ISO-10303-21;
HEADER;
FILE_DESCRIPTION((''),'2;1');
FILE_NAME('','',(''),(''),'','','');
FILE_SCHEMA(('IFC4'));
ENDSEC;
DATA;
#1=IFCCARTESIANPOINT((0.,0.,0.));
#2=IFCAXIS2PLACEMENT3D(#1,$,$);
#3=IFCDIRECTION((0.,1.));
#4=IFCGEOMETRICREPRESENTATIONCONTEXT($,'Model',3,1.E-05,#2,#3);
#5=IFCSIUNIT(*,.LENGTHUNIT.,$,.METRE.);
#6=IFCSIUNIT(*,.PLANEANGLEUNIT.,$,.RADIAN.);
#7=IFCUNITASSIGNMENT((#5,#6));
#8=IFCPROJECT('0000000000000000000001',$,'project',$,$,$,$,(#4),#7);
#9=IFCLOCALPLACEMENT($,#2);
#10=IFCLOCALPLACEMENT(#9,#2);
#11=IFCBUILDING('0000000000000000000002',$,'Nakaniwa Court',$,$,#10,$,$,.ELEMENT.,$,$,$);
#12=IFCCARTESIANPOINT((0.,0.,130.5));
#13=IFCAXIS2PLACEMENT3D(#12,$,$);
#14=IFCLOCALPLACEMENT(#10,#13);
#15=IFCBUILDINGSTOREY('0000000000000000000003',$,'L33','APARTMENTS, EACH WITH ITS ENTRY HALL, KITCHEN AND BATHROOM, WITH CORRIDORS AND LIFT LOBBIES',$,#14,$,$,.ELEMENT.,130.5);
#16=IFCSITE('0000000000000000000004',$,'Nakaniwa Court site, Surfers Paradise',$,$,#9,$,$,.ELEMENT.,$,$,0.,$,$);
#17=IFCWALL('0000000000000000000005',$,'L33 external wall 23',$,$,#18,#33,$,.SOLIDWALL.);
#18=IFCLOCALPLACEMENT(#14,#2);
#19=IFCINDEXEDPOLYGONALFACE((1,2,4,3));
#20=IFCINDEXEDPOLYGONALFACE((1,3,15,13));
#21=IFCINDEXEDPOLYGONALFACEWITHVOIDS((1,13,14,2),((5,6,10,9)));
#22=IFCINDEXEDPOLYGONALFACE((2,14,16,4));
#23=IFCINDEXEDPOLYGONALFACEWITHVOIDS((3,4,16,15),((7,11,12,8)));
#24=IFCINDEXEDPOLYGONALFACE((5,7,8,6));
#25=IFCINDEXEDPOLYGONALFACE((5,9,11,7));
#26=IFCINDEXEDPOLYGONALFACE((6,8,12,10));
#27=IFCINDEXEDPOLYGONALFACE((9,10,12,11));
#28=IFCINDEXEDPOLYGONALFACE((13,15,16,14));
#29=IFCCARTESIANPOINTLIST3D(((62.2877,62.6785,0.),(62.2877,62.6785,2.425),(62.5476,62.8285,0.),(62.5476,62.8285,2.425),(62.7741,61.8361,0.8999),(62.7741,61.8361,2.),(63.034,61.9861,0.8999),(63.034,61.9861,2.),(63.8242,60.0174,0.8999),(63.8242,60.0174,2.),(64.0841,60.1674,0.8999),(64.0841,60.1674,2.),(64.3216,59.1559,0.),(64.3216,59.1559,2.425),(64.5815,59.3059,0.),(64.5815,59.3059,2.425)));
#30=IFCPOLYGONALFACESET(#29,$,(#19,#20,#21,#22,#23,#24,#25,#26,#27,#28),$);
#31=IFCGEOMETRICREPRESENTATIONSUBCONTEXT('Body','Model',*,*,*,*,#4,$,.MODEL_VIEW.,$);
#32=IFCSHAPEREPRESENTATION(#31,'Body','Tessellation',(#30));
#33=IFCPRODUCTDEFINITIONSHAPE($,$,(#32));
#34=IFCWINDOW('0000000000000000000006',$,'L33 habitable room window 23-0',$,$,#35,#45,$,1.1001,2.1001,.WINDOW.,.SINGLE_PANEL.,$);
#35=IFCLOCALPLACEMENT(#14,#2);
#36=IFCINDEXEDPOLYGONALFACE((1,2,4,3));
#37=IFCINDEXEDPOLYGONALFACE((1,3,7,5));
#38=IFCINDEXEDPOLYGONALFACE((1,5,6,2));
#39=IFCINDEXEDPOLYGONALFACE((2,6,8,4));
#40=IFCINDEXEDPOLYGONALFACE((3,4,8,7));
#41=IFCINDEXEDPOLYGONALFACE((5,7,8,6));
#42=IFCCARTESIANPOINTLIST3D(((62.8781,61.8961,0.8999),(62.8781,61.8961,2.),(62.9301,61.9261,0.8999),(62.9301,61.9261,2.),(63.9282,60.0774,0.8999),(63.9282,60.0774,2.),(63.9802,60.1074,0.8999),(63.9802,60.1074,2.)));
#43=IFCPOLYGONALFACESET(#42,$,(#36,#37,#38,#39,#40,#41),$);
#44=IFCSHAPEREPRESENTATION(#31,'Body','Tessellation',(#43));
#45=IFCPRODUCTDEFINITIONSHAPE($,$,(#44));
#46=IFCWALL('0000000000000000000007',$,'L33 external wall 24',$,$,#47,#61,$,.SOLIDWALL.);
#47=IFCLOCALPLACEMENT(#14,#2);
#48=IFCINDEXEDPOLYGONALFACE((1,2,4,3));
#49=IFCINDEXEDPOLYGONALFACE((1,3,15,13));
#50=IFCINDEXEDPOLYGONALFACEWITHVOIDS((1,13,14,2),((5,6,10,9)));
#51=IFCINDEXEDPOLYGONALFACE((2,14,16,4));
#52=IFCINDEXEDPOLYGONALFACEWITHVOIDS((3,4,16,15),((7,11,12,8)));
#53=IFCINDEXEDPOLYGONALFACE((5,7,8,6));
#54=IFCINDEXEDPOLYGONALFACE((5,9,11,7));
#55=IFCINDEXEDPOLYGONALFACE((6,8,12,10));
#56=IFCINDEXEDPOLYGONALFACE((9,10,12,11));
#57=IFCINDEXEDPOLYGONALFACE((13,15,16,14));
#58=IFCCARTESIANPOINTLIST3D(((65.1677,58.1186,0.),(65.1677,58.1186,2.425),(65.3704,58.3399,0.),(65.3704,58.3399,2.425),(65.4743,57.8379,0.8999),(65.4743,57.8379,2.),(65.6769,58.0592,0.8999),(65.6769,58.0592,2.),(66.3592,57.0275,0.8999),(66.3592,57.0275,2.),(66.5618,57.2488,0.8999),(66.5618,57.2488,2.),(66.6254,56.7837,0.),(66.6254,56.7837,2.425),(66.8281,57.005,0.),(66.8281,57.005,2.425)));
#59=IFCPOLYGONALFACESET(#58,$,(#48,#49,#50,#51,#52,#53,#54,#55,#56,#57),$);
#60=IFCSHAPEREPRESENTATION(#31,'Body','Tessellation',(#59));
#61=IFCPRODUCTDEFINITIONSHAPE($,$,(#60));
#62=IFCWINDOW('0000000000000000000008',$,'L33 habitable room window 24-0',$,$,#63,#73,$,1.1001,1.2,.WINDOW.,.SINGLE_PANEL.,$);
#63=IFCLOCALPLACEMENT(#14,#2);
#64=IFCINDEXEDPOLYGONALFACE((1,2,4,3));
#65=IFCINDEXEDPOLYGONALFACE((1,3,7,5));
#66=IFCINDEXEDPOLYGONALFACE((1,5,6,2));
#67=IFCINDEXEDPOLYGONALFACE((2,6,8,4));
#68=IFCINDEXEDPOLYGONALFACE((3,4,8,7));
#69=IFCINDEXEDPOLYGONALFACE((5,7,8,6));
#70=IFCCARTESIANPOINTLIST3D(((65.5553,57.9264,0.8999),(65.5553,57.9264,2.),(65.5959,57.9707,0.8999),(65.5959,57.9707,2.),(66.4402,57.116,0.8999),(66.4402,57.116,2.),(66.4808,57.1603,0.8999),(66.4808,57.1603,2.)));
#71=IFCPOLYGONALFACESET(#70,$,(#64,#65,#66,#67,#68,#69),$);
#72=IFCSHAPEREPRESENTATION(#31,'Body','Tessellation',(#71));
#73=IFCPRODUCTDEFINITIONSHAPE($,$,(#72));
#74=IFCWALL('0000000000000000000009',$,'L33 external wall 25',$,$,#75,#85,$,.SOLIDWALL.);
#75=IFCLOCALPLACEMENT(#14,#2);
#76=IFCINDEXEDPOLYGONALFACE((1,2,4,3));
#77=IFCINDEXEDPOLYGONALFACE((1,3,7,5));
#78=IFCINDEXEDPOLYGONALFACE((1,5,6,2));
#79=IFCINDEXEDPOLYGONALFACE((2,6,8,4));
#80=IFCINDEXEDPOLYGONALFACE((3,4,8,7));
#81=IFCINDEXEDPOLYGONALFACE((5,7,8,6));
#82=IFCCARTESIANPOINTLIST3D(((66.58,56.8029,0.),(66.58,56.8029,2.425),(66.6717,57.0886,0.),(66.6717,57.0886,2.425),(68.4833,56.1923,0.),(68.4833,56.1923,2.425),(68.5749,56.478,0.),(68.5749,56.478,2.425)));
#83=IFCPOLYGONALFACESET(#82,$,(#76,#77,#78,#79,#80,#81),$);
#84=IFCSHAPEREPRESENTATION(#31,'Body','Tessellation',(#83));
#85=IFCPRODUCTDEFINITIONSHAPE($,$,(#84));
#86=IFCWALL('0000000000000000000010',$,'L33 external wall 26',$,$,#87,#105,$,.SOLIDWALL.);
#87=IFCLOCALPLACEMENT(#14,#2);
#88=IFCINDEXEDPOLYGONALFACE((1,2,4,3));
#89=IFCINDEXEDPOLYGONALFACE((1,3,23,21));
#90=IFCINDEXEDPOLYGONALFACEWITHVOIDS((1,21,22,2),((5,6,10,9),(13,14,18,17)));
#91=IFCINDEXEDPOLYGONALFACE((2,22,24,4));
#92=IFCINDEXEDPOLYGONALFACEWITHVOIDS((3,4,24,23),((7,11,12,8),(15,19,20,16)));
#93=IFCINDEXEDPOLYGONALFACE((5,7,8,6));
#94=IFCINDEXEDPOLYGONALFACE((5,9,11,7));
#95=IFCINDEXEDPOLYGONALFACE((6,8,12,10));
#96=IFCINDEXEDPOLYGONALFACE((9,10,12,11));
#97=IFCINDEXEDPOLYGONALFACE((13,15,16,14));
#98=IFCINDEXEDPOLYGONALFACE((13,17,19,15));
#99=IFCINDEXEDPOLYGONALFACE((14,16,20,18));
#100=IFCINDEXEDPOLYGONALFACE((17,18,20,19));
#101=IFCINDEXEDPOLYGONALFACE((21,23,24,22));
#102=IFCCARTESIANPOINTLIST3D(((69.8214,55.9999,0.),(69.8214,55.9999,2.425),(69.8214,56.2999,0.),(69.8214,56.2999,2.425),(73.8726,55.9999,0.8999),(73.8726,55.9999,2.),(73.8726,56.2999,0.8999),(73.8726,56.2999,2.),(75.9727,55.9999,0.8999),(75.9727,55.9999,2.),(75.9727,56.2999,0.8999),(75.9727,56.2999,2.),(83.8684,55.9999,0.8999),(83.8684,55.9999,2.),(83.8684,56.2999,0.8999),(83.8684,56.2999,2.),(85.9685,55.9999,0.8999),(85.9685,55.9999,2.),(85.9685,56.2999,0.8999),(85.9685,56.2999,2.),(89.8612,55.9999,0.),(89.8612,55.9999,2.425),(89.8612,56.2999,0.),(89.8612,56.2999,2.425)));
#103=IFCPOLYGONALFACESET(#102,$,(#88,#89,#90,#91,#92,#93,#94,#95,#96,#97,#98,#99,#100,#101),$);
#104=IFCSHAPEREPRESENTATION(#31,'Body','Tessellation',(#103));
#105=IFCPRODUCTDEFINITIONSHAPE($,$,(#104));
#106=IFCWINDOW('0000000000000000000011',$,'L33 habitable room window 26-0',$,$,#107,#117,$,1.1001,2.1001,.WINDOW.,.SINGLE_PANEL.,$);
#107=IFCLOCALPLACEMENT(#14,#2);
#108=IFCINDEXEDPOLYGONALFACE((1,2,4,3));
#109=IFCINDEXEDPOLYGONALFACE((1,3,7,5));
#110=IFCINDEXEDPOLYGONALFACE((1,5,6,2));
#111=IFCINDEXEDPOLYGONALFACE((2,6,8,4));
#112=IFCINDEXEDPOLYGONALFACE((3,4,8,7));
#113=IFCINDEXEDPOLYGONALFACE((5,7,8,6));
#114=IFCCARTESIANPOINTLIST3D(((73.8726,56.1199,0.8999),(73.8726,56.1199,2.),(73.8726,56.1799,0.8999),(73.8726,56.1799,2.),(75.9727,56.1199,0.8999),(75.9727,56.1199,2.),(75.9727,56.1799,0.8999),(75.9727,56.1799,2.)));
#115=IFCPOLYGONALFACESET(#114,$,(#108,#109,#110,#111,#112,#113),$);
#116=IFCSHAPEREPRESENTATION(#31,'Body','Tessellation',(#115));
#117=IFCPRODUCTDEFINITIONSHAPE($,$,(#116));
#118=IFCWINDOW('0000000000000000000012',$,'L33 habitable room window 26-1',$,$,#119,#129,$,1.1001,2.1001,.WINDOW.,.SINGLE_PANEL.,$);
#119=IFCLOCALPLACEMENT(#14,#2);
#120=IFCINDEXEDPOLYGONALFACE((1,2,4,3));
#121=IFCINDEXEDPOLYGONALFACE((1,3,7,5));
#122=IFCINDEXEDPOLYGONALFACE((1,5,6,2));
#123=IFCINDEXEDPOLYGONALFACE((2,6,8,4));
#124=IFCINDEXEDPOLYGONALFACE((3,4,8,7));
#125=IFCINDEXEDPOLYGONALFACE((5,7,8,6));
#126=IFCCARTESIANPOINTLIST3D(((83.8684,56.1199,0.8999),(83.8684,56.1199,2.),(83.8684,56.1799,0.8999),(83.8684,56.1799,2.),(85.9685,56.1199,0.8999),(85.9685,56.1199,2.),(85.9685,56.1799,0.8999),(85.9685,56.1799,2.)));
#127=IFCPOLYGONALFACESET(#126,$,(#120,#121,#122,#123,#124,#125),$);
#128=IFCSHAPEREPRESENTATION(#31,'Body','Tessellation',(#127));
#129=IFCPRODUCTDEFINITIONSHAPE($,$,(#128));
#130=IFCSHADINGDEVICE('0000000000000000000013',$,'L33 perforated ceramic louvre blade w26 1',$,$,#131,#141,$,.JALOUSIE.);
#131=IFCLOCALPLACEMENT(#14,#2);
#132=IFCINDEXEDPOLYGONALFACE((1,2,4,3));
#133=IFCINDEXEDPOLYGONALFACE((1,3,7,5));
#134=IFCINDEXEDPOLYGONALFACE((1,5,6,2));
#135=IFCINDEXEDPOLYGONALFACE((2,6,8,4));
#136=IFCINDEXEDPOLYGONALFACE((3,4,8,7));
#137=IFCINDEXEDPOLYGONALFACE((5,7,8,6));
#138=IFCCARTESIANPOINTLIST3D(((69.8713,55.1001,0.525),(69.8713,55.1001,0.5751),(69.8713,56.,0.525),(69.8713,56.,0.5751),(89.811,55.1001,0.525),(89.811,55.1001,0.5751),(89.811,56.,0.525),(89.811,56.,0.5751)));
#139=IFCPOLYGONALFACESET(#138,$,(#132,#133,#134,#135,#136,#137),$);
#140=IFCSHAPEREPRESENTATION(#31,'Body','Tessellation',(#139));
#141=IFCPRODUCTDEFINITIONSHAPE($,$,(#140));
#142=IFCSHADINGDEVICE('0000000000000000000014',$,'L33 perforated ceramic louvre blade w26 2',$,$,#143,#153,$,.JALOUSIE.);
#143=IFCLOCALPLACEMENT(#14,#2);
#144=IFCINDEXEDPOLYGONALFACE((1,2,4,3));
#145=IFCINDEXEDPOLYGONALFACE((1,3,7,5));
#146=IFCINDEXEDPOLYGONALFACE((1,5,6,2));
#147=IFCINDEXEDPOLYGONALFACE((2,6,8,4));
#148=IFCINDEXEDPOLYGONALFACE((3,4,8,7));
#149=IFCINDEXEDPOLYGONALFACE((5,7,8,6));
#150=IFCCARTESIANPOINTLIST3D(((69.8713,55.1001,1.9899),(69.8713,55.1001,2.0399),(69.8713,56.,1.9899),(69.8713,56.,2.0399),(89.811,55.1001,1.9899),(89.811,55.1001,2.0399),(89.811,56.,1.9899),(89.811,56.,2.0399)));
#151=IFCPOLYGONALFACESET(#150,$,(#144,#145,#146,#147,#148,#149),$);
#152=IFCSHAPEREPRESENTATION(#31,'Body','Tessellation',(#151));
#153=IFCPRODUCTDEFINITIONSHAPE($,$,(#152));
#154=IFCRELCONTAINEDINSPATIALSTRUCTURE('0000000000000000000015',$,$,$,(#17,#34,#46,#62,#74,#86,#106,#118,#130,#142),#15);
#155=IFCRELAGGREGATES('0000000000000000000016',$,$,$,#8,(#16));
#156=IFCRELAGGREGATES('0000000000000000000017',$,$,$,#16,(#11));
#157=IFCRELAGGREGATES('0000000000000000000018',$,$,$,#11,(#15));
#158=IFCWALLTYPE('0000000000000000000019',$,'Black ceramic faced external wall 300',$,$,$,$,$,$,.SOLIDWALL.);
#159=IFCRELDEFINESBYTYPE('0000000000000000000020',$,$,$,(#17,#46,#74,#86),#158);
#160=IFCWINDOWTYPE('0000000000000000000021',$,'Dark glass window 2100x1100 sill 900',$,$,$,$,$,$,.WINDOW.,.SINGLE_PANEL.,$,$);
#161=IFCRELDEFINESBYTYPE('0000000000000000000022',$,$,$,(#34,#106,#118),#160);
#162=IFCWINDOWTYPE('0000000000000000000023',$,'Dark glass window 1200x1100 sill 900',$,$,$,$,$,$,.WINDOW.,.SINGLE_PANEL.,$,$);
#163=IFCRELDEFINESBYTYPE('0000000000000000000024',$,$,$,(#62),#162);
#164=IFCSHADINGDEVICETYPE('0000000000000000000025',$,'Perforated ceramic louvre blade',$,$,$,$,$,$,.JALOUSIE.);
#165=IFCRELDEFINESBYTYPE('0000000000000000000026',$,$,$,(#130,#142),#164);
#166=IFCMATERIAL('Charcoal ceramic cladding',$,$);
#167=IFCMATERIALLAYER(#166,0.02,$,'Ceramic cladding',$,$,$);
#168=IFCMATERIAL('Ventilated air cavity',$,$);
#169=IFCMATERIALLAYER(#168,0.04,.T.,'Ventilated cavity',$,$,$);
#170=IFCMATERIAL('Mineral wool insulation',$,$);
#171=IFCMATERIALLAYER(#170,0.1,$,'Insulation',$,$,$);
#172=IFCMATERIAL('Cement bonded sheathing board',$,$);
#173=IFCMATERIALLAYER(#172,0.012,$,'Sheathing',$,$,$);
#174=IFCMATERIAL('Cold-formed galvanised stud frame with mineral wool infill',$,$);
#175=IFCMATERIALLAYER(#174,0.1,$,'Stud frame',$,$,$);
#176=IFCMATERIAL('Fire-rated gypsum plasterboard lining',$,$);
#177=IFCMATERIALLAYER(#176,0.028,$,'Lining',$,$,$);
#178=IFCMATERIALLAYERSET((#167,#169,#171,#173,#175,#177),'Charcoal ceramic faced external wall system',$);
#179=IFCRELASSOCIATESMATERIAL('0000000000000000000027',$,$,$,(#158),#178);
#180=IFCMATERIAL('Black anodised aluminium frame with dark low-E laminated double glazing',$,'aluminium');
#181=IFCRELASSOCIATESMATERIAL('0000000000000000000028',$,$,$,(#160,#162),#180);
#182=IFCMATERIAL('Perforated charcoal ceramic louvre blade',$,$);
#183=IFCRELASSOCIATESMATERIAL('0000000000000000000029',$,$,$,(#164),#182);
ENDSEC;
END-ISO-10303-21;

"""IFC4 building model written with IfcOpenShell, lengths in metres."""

from ifc_helpers import new_model, si_unit, direction, frame, frame_2d, origin, origin_2d, place, context, subcontext, project, spatial, rectangle, extrude, material, layer, layer_set, material_profile, profile_set, type_object, element, fill, save


model = new_model("IFC4")

# Units and contexts
model_context = context("Model", 3, precision=1e-05, world=origin(), true_north=direction((0.0, 1.0)))
body_context = subcontext(model_context, "Body", "Model", "MODEL_VIEW")
ifc_project = project(units=[si_unit("LENGTHUNIT", "METRE"), si_unit("PLANEANGLEUNIT", "RADIAN")], contexts=[model_context])

# Site, building, storey
site_placement = place(None, origin())
site = spatial("IfcSite", under=ifc_project, at=site_placement, Name="Nakaniwa Court site, Surfers Paradise", CompositionType="ELEMENT", RefElevation=0.0)
building_placement = place(site_placement, origin())
building = spatial("IfcBuilding", under=site, at=building_placement, Name="Nakaniwa Court", CompositionType="ELEMENT")
storey_placement = place(building_placement, frame((0.0, 0.0, 130.5)))
storey = spatial("IfcBuildingStorey", under=building, at=storey_placement, Name="L33", Description="APARTMENTS, EACH WITH ITS ENTRY HALL, KITCHEN AND BATHROOM, WITH CORRIDORS AND LIFT LOBBIES", CompositionType="ELEMENT", Elevation=130.5)

# Walls, openings, windows
ifc_material_1 = material(Name="Charcoal ceramic cladding")
ifc_layer_1 = layer(ifc_material_1, 0.02, Name="Ceramic cladding")
ifc_material_2 = material(Name="Ventilated air cavity")
ifc_layer_2 = layer(ifc_material_2, 0.04, ventilated=True, Name="Ventilated cavity")
ifc_material_3 = material(Name="Mineral wool insulation")
ifc_layer_3 = layer(ifc_material_3, 0.1, Name="Insulation")
ifc_material_4 = material(Name="Cement bonded sheathing board")
ifc_layer_4 = layer(ifc_material_4, 0.012, Name="Sheathing")
ifc_material_5 = material(Name="Cold-formed galvanised stud frame with mineral wool infill")
ifc_layer_5 = layer(ifc_material_5, 0.1, Name="Stud frame")
ifc_material_6 = material(Name="Fire-rated gypsum plasterboard lining")
ifc_layer_6 = layer(ifc_material_6, 0.028, Name="Lining")
ifc_layer_set_1 = layer_set([ifc_layer_1, ifc_layer_2, ifc_layer_3, ifc_layer_4, ifc_layer_5, ifc_layer_6], Name="Charcoal ceramic faced external wall system")
wall_type_1 = type_object("IfcWallType", Name="Black ceramic faced external wall 300", PredefinedType="SOLIDWALL", material=ifc_layer_set_1)
wall_1_placement = place(storey_placement, frame((62.4177, 62.7534, 0.0), z_axis=(0.0, 0.0, 1.0), x_axis=(0.500019, -0.866015, 0.0)))
wall_1 = element("IfcWall", 1, at=wall_1_placement, inside=storey, type_object=wall_type_1, Name="L33 external wall 23", PredefinedType="SOLIDWALL", context=body_context, shape_type="SweptSolid", body=[
    extrude(rectangle(XDim=4.0676, YDim=0.3, at=frame_2d((2.0337, 0.0))), origin(), (0.0, 0.0, 1.0), 2.425),
])
opening_1_placement = place(wall_1_placement, frame((0.9727, 0.0, 0.8999)))
opening_1 = element("IfcOpeningElement", 2, at=opening_1_placement, cuts=wall_1, PredefinedType="OPENING", context=body_context, shape_type="SweptSolid", body=[
    extrude(rectangle(XDim=2.1001, YDim=1.1001, at=frame_2d((1.05, 0.55))), frame((0.0, 0.1599, 0.0), z_axis=(0.0, -1.0, 0.0), x_axis=(1.0, 0.0, 0.0)), (0.0, 0.0, 1.0), 0.3201),
])
ifc_material_7 = material(Name="Black anodised aluminium frame with dark low-E laminated double glazing", Category="aluminium")
window_type_1 = type_object("IfcWindowType", Name="Dark glass window 2100x1100 sill 900", PartitioningType="SINGLE_PANEL", PredefinedType="WINDOW", material=ifc_material_7)
window_1_placement = place(opening_1_placement, origin())
window_1 = element("IfcWindow", 3, at=window_1_placement, inside=storey, type_object=window_type_1, Name="L33 habitable room window 23-0", OverallHeight=1.1001, OverallWidth=2.1001, PartitioningType="SINGLE_PANEL", PredefinedType="WINDOW", context=body_context, shape_type="SweptSolid", body=[
    extrude(rectangle(XDim=2.1001, YDim=1.1001, at=frame_2d((1.05, 0.55))), frame((0.0, 0.03, 0.0), z_axis=(0.0, -1.0, 0.0), x_axis=(1.0, 0.0, 0.0)), (0.0, 0.0, 1.0), 0.0601),
])
fill(opening_1, window_1)
wall_2_placement = place(storey_placement, frame((65.269, 58.2292, 0.0), z_axis=(0.0, 0.0, 1.0), x_axis=(0.737487, -0.675361, 0.0)))
wall_2 = element("IfcWall", 4, at=wall_2_placement, inside=storey, type_object=wall_type_1, Name="L33 external wall 24", PredefinedType="SOLIDWALL", context=body_context, shape_type="SweptSolid", body=[
    extrude(rectangle(XDim=1.9766, YDim=0.3, at=frame_2d((0.9883, 0.0))), origin(), (0.0, 0.0, 1.0), 2.425),
])
opening_2_placement = place(wall_2_placement, frame((0.4155, 0.0, 0.8999)))
opening_2 = element("IfcOpeningElement", 5, at=opening_2_placement, cuts=wall_2, PredefinedType="OPENING", context=body_context, shape_type="SweptSolid", body=[
    extrude(rectangle(XDim=1.2, YDim=1.1001, at=frame_2d((0.6001, 0.55))), frame((0.0, 0.1599, 0.0), z_axis=(0.0, -1.0, 0.0), x_axis=(1.0, 0.0, 0.0)), (0.0, 0.0, 1.0), 0.3201),
])
window_type_2 = type_object("IfcWindowType", Name="Dark glass window 1200x1100 sill 900", PartitioningType="SINGLE_PANEL", PredefinedType="WINDOW", material=ifc_material_7)
window_2_placement = place(opening_2_placement, origin())
window_2 = element("IfcWindow", 6, at=window_2_placement, inside=storey, type_object=window_type_2, Name="L33 habitable room window 24-0", OverallHeight=1.1001, OverallWidth=1.2, PartitioningType="SINGLE_PANEL", PredefinedType="WINDOW", context=body_context, shape_type="SweptSolid", body=[
    extrude(rectangle(XDim=1.2, YDim=1.1001, at=frame_2d((0.6001, 0.55))), frame((0.0, 0.03, 0.0), z_axis=(0.0, -1.0, 0.0), x_axis=(1.0, 0.0, 0.0)), (0.0, 0.0, 1.0), 0.0601),
])
fill(opening_2, window_2)

# Wall
wall_3_placement = place(storey_placement, frame((66.6257, 56.9458, 0.0), z_axis=(0.0, 0.0, 1.0), x_axis=(0.952201, -0.305471, 0.0)))
element("IfcWall", 7, at=wall_3_placement, inside=storey, type_object=wall_type_1, Name="L33 external wall 25", PredefinedType="SOLIDWALL", context=body_context, shape_type="SweptSolid", body=[
    extrude(rectangle(XDim=1.9988, YDim=0.3, at=frame_2d((0.9995, 0.0))), origin(), (0.0, 0.0, 1.0), 2.425),
])

# Wall, openings, windows
wall_4_placement = place(storey_placement, frame((69.8213, 56.1499, 0.0), z_axis=(0.0, 0.0, 1.0), x_axis=(1.0, 0.0, 0.0)))
wall_4 = element("IfcWall", 8, at=wall_4_placement, inside=storey, type_object=wall_type_1, Name="L33 external wall 26", PredefinedType="SOLIDWALL", context=body_context, shape_type="SweptSolid", body=[
    extrude(rectangle(XDim=20.0398, YDim=0.3, at=frame_2d((10.02, 0.0))), origin(), (0.0, 0.0, 1.0), 2.425),
])
opening_3_placement = place(wall_4_placement, frame((4.0513, 0.0, 0.8999)))
opening_3 = element("IfcOpeningElement", 9, at=opening_3_placement, cuts=wall_4, PredefinedType="OPENING", context=body_context, shape_type="SweptSolid", body=[
    extrude(rectangle(XDim=2.1001, YDim=1.1001, at=frame_2d((1.05, 0.55))), frame((0.0, 0.1599, 0.0), z_axis=(0.0, -1.0, 0.0), x_axis=(1.0, 0.0, 0.0)), (0.0, 0.0, 1.0), 0.3201),
])
opening_4_placement = place(wall_4_placement, frame((14.0471, 0.0, 0.8999)))
opening_4 = element("IfcOpeningElement", 10, at=opening_4_placement, cuts=wall_4, PredefinedType="OPENING", context=body_context, shape_type="SweptSolid", body=[
    extrude(rectangle(XDim=2.1001, YDim=1.1001, at=frame_2d((1.05, 0.55))), frame((0.0, 0.1599, 0.0), z_axis=(0.0, -1.0, 0.0), x_axis=(1.0, 0.0, 0.0)), (0.0, 0.0, 1.0), 0.3201),
])
window_3_placement = place(opening_3_placement, origin())
window_3 = element("IfcWindow", 11, at=window_3_placement, inside=storey, type_object=window_type_1, Name="L33 habitable room window 26-0", OverallHeight=1.1001, OverallWidth=2.1001, PartitioningType="SINGLE_PANEL", PredefinedType="WINDOW", context=body_context, shape_type="SweptSolid", body=[
    extrude(rectangle(XDim=2.1001, YDim=1.1001, at=frame_2d((1.05, 0.55))), frame((0.0, 0.03, 0.0), z_axis=(0.0, -1.0, 0.0), x_axis=(1.0, 0.0, 0.0)), (0.0, 0.0, 1.0), 0.0601),
])
fill(opening_3, window_3)
window_4_placement = place(opening_4_placement, origin())
window_4 = element("IfcWindow", 12, at=window_4_placement, inside=storey, type_object=window_type_1, Name="L33 habitable room window 26-1", OverallHeight=1.1001, OverallWidth=2.1001, PartitioningType="SINGLE_PANEL", PredefinedType="WINDOW", context=body_context, shape_type="SweptSolid", body=[
    extrude(rectangle(XDim=2.1001, YDim=1.1001, at=frame_2d((1.05, 0.55))), frame((0.0, 0.03, 0.0), z_axis=(0.0, -1.0, 0.0), x_axis=(1.0, 0.0, 0.0)), (0.0, 0.0, 1.0), 0.0601),
])
fill(opening_4, window_4)

# Shading devices
ifc_material_8 = material(Name="Perforated charcoal ceramic louvre blade")
ifc_material_profile_1 = material_profile(ifc_material_8, rectangle(XDim=0.8999, YDim=0.05, at=origin_2d()), Name="Perforated ceramic louvre blade")
ifc_profile_set_1 = profile_set([ifc_material_profile_1], Name="Perforated charcoal ceramic louvre blade")
shading_device_type = type_object("IfcShadingDeviceType", Name="Perforated ceramic louvre blade", PredefinedType="JALOUSIE", material=ifc_profile_set_1)
for number, where, z_axis, x_axis, name in (
    (13, (69.8713, 55.55, 0.55), (1.0, 0.0, 0.0), (0.0, 1.0, 0.0), "L33 perforated ceramic louvre blade w26 1"),
    (14, (69.8713, 55.55, 2.0149), (1.0, 0.0, 0.0), (0.0, 1.0, 0.0), "L33 perforated ceramic louvre blade w26 2"),
):
    element("IfcShadingDevice", number, at=place(storey_placement, frame(where, z_axis=z_axis, x_axis=x_axis)), inside=storey, type_object=shading_device_type, Name=name, PredefinedType="JALOUSIE", context=body_context, shape_type="SweptSolid", body=[
        extrude(rectangle(XDim=0.8999, YDim=0.05, at=origin_2d()), origin(), (0.0, 0.0, 1.0), 19.9397),
    ])

save(model, "model.ifc")
